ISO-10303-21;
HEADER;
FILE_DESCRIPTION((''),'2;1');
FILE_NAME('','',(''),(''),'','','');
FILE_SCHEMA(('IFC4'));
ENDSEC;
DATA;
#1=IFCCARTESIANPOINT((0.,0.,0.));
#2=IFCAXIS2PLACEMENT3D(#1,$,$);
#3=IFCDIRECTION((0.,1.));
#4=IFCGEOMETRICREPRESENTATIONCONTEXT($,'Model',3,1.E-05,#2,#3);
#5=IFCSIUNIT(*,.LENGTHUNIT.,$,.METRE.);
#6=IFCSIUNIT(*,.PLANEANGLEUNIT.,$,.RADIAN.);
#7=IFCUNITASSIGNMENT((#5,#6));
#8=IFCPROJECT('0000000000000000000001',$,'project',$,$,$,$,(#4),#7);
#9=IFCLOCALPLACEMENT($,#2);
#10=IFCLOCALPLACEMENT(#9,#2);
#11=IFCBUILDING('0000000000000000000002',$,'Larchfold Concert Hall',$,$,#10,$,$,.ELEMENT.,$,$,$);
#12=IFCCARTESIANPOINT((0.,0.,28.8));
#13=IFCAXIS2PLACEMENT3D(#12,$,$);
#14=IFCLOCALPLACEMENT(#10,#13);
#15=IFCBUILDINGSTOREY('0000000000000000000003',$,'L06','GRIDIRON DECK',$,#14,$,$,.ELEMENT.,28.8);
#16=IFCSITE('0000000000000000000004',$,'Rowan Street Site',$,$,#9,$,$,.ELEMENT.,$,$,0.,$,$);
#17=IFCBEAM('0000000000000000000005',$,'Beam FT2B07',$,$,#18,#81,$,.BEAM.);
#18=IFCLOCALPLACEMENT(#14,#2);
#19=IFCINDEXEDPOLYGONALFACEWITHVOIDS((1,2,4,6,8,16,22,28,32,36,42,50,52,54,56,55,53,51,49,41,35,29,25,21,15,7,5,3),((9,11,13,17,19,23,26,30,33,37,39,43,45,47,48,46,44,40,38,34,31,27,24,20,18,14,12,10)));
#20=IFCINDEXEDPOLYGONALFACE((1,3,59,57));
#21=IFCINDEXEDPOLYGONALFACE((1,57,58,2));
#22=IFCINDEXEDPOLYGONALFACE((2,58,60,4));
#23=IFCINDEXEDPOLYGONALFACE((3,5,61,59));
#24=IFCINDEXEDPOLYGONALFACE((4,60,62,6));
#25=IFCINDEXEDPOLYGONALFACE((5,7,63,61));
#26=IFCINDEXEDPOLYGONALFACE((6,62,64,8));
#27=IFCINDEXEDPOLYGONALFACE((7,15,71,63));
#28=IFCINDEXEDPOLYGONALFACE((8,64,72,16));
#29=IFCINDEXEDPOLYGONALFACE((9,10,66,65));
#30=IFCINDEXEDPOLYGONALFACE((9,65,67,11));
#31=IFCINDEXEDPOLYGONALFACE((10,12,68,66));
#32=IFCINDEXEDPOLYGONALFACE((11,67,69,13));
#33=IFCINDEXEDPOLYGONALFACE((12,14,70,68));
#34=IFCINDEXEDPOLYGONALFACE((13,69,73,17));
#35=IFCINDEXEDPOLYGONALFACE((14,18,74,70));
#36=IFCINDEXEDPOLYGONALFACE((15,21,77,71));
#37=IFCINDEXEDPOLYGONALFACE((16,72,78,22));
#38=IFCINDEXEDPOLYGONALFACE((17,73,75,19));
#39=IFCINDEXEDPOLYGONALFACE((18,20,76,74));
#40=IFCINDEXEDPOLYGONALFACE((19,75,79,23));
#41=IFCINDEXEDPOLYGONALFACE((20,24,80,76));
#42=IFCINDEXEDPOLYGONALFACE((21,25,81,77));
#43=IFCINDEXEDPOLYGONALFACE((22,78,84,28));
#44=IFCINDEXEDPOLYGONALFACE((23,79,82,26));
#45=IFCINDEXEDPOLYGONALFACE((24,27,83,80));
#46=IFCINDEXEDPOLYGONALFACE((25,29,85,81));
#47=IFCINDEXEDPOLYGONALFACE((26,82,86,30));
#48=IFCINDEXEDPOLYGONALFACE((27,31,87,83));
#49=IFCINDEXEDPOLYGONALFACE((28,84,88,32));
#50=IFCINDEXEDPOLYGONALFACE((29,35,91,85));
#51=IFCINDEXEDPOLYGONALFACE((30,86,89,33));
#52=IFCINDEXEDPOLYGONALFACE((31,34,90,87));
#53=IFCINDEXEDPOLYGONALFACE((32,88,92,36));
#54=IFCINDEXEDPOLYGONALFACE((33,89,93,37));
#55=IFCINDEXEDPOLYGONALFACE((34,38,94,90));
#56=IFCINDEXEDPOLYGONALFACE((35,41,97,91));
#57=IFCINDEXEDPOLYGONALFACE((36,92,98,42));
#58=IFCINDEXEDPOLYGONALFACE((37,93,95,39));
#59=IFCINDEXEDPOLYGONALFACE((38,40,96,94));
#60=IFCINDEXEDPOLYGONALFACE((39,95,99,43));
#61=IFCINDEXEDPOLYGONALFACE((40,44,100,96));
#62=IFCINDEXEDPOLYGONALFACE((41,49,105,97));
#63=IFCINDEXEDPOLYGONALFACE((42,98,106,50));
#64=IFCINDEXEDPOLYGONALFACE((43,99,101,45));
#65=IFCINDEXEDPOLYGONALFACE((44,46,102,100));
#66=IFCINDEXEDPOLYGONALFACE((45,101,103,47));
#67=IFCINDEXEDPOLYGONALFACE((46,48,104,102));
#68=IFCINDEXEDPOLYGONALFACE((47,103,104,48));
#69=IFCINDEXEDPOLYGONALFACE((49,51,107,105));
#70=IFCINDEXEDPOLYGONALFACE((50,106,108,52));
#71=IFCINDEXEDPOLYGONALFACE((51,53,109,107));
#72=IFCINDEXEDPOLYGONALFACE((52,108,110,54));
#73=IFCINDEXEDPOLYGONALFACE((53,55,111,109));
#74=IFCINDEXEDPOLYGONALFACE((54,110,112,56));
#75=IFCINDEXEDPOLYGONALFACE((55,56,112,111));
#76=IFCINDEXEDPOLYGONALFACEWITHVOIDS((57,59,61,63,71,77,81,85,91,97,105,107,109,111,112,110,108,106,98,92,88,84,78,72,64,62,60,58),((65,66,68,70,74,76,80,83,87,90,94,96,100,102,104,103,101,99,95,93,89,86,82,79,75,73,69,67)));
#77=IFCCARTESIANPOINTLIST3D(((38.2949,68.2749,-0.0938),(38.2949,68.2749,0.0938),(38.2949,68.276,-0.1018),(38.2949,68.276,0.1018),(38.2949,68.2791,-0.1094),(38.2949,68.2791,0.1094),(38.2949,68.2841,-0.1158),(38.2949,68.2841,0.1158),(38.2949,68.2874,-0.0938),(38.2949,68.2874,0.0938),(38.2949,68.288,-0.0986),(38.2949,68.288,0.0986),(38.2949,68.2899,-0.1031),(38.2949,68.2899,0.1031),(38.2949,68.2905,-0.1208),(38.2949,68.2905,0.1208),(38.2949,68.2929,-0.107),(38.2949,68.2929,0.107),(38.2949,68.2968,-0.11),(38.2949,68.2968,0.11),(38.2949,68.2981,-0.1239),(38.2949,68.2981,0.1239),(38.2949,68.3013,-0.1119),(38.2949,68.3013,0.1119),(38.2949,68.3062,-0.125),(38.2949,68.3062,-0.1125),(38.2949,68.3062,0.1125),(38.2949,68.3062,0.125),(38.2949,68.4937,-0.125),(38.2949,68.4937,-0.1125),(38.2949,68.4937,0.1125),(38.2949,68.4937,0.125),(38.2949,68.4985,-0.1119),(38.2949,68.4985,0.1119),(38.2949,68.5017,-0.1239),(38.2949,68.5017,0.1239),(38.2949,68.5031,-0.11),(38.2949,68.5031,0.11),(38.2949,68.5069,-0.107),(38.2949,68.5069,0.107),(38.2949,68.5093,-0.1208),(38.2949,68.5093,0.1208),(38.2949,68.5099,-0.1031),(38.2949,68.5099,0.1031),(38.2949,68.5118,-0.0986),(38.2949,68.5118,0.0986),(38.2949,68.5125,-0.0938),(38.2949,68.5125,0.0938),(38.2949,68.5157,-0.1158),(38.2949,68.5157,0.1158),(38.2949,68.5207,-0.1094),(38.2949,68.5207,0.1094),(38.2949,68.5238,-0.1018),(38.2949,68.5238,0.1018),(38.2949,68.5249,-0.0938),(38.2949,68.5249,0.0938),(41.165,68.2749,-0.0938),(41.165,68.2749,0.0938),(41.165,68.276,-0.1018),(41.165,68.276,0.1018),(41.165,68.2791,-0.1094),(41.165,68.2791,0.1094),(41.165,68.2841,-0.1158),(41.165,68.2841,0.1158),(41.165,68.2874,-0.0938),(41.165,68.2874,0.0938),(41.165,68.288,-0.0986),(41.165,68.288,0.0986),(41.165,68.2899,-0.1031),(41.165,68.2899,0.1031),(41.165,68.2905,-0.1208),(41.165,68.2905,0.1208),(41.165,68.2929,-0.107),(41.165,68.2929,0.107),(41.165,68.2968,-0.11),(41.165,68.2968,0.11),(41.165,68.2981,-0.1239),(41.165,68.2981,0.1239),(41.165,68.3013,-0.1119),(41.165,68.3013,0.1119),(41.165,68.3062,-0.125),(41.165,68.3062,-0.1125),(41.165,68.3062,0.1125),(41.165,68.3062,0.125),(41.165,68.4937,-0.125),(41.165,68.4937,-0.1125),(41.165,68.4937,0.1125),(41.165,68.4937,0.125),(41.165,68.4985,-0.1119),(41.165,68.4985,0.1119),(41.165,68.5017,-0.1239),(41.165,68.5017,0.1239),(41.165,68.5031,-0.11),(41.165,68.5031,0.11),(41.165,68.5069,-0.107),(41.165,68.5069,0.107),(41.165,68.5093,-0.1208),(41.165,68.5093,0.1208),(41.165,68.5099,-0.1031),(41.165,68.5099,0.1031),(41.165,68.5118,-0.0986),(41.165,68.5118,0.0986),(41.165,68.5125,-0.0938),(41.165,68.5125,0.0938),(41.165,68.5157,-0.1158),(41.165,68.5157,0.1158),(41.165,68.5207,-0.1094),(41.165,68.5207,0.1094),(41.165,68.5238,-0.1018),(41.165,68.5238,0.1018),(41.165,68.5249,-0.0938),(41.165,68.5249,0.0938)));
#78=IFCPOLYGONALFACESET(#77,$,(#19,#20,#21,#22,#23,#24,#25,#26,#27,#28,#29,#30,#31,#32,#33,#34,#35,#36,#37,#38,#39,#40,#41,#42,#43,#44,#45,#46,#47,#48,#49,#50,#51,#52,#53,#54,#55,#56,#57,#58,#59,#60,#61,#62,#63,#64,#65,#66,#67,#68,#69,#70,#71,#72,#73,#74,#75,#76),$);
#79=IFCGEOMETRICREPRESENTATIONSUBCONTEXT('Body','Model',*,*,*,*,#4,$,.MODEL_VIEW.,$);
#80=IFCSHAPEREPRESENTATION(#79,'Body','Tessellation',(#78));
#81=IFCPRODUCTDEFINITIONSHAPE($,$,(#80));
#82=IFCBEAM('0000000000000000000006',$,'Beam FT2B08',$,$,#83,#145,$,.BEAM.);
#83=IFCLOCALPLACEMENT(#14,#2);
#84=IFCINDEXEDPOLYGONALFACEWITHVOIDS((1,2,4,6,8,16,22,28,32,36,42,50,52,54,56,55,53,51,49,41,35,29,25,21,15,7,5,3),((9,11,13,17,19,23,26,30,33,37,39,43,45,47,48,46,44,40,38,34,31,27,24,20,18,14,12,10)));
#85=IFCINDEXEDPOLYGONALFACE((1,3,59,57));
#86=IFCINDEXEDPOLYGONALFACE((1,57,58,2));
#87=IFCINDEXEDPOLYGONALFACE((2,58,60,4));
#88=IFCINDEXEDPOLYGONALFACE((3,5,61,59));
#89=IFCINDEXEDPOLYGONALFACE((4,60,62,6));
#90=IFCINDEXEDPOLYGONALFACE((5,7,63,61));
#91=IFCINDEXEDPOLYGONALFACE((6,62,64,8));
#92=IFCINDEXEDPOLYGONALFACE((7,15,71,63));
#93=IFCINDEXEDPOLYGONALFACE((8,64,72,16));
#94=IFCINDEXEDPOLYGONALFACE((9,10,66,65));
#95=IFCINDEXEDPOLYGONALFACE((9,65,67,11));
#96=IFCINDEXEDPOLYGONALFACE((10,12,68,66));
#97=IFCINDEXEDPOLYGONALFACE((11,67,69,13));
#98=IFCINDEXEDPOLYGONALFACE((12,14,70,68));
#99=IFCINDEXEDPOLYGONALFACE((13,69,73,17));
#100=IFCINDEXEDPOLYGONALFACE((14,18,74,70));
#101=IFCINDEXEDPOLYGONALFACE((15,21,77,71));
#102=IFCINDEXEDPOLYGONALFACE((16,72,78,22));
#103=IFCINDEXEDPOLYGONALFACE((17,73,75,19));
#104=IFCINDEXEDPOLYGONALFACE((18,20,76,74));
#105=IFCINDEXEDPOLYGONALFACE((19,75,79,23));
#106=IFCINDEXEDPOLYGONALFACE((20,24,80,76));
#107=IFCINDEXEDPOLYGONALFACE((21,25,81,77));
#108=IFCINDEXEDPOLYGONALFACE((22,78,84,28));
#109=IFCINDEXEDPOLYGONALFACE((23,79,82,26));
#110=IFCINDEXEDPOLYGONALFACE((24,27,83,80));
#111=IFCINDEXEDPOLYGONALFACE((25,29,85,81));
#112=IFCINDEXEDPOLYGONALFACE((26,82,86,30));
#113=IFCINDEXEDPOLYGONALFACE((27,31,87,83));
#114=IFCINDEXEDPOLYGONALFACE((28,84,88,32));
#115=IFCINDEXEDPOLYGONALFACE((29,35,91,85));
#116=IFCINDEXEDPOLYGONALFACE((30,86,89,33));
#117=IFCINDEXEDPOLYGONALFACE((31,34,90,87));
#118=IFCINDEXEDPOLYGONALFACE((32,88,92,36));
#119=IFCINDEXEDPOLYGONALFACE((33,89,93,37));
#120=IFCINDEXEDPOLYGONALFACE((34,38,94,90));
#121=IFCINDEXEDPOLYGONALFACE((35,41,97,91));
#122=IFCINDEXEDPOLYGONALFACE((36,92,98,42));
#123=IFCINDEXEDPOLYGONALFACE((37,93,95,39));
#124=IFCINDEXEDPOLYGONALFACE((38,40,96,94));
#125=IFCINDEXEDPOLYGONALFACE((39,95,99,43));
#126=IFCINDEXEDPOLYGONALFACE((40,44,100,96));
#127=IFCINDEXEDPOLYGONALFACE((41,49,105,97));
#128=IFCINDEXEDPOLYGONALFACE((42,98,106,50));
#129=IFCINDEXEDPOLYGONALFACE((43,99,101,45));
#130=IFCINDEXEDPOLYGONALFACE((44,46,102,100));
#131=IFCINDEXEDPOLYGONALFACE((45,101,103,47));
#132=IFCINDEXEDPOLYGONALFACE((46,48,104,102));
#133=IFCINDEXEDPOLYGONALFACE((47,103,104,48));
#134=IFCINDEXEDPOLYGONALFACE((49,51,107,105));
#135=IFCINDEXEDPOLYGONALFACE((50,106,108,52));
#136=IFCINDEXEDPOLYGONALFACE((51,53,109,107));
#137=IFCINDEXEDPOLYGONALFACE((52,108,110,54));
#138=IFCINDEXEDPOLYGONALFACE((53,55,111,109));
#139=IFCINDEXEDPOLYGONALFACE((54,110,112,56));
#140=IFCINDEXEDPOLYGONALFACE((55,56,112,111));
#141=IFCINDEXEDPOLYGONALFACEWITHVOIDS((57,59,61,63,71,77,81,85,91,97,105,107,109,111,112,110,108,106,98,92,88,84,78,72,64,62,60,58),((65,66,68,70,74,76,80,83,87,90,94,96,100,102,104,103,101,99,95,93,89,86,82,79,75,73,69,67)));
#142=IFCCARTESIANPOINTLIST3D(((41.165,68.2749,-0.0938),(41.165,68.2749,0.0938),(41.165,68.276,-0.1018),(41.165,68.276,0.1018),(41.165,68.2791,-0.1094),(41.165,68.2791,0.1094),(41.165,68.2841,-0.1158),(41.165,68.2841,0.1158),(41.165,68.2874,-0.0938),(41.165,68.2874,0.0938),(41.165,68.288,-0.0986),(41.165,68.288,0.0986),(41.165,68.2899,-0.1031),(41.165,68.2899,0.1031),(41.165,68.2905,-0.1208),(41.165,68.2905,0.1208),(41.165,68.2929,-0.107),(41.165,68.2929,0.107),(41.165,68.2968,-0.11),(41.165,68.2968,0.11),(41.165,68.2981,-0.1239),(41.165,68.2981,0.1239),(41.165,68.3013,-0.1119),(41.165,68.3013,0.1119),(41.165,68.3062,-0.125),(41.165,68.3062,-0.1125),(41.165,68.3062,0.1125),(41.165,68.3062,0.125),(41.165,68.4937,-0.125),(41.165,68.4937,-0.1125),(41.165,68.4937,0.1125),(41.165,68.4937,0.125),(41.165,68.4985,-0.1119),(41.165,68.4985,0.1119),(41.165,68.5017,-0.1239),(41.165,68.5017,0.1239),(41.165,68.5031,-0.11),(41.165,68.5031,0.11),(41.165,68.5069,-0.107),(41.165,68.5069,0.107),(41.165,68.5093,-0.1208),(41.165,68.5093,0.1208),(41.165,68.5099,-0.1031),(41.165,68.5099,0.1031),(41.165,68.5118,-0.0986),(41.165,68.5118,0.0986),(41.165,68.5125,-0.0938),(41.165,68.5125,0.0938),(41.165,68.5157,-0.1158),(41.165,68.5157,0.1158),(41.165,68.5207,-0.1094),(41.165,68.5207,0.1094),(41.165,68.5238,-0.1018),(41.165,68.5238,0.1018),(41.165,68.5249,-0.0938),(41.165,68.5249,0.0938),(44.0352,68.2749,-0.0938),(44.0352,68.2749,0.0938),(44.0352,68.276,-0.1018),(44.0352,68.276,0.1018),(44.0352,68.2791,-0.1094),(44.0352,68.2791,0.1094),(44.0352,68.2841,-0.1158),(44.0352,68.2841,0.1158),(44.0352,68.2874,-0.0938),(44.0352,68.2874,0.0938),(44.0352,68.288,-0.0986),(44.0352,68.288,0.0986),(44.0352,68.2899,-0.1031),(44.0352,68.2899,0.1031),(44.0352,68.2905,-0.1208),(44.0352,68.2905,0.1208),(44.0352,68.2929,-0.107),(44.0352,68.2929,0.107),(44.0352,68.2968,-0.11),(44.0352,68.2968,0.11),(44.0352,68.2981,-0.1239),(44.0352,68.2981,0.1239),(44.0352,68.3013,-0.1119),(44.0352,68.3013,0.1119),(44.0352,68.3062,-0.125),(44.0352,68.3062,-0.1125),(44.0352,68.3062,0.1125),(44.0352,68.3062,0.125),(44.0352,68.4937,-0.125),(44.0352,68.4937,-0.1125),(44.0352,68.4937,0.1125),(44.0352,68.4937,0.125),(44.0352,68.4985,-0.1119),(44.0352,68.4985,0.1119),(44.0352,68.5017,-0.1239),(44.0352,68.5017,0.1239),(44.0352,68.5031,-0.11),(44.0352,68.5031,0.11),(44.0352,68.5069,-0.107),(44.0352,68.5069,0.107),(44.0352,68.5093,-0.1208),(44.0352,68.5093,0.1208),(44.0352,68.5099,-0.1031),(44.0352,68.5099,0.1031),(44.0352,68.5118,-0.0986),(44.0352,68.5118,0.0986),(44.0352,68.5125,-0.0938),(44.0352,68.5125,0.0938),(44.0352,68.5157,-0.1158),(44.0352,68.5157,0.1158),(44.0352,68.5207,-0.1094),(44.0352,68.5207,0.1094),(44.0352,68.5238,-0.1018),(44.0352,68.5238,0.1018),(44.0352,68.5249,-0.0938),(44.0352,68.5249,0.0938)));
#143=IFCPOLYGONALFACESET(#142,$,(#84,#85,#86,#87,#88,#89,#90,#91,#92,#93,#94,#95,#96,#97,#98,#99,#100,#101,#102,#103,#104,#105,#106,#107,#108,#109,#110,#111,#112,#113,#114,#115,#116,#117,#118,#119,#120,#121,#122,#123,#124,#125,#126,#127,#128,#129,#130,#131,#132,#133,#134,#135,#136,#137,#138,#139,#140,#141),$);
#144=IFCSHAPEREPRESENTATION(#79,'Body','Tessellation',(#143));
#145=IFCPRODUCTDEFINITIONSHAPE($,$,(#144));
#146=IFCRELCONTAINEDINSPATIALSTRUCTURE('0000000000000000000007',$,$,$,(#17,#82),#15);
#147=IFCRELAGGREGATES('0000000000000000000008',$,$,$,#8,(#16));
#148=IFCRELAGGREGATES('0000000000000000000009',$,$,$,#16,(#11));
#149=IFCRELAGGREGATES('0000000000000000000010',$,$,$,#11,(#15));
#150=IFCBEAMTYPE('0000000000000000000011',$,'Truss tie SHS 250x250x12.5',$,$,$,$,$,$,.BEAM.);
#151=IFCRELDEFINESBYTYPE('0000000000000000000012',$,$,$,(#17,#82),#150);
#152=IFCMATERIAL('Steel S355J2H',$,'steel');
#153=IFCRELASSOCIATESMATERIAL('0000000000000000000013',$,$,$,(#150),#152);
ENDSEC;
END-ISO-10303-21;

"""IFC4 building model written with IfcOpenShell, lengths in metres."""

from ifc_helpers import new_model, si_unit, direction, frame, origin, origin_2d, place, context, subcontext, project, spatial, hollow_rectangle, extrude, material, material_profile, profile_set, type_object, element, save


model = new_model("IFC4")

# Units and contexts
model_context = context("Model", 3, precision=1e-05, world=origin(), true_north=direction((0.0, 1.0)))
body_context = subcontext(model_context, "Body", "Model", "MODEL_VIEW")
ifc_project = project(units=[si_unit("LENGTHUNIT", "METRE"), si_unit("PLANEANGLEUNIT", "RADIAN")], contexts=[model_context])

# Site, building, storey
site_placement = place(None, origin())
site = spatial("IfcSite", under=ifc_project, at=site_placement, Name="Rowan Street Site", CompositionType="ELEMENT", RefElevation=0.0)
building_placement = place(site_placement, origin())
building = spatial("IfcBuilding", under=site, at=building_placement, Name="Larchfold Concert Hall", CompositionType="ELEMENT")
storey_placement = place(building_placement, frame((0.0, 0.0, 28.8)))
storey = spatial("IfcBuildingStorey", under=building, at=storey_placement, Name="L06", Description="GRIDIRON DECK", CompositionType="ELEMENT", Elevation=28.8)

# Beams
ifc_material_1 = material(Name="Steel S355J2H", Category="steel")
ifc_material_profile_1 = material_profile(ifc_material_1, hollow_rectangle(XDim=0.25, YDim=0.25, WallThickness=0.0125, InnerFilletRadius=0.0188, OuterFilletRadius=0.0312, at=origin_2d()))
ifc_profile_set_1 = profile_set([ifc_material_profile_1], Name="Steel S355J2H")
beam_type_1 = type_object("IfcBeamType", Name="Truss tie SHS 250x250x12.5", PredefinedType="BEAM", material=ifc_profile_set_1)
for number, where, z_axis, x_axis, name in (
    (1, (38.2949, 68.3999, 0.0), (1.0, 0.0, 0.0), (0.0, 1.0, 0.0), "Beam FT2B07"),
    (2, (41.165, 68.3999, 0.0), (1.0, 0.0, 0.0), (0.0, 1.0, 0.0), "Beam FT2B08"),
):
    element("IfcBeam", number, at=place(storey_placement, frame(where, z_axis=z_axis, x_axis=x_axis)), inside=storey, type_object=beam_type_1, Name=name, PredefinedType="BEAM", context=body_context, shape_type="SweptSolid", body=[
        extrude(hollow_rectangle(XDim=0.25, YDim=0.25, WallThickness=0.0125, InnerFilletRadius=0.0188, OuterFilletRadius=0.0312, at=origin_2d()), origin(), (0.0, 0.0, 1.0), 2.8701),
    ])

save(model, "model.ifc")
